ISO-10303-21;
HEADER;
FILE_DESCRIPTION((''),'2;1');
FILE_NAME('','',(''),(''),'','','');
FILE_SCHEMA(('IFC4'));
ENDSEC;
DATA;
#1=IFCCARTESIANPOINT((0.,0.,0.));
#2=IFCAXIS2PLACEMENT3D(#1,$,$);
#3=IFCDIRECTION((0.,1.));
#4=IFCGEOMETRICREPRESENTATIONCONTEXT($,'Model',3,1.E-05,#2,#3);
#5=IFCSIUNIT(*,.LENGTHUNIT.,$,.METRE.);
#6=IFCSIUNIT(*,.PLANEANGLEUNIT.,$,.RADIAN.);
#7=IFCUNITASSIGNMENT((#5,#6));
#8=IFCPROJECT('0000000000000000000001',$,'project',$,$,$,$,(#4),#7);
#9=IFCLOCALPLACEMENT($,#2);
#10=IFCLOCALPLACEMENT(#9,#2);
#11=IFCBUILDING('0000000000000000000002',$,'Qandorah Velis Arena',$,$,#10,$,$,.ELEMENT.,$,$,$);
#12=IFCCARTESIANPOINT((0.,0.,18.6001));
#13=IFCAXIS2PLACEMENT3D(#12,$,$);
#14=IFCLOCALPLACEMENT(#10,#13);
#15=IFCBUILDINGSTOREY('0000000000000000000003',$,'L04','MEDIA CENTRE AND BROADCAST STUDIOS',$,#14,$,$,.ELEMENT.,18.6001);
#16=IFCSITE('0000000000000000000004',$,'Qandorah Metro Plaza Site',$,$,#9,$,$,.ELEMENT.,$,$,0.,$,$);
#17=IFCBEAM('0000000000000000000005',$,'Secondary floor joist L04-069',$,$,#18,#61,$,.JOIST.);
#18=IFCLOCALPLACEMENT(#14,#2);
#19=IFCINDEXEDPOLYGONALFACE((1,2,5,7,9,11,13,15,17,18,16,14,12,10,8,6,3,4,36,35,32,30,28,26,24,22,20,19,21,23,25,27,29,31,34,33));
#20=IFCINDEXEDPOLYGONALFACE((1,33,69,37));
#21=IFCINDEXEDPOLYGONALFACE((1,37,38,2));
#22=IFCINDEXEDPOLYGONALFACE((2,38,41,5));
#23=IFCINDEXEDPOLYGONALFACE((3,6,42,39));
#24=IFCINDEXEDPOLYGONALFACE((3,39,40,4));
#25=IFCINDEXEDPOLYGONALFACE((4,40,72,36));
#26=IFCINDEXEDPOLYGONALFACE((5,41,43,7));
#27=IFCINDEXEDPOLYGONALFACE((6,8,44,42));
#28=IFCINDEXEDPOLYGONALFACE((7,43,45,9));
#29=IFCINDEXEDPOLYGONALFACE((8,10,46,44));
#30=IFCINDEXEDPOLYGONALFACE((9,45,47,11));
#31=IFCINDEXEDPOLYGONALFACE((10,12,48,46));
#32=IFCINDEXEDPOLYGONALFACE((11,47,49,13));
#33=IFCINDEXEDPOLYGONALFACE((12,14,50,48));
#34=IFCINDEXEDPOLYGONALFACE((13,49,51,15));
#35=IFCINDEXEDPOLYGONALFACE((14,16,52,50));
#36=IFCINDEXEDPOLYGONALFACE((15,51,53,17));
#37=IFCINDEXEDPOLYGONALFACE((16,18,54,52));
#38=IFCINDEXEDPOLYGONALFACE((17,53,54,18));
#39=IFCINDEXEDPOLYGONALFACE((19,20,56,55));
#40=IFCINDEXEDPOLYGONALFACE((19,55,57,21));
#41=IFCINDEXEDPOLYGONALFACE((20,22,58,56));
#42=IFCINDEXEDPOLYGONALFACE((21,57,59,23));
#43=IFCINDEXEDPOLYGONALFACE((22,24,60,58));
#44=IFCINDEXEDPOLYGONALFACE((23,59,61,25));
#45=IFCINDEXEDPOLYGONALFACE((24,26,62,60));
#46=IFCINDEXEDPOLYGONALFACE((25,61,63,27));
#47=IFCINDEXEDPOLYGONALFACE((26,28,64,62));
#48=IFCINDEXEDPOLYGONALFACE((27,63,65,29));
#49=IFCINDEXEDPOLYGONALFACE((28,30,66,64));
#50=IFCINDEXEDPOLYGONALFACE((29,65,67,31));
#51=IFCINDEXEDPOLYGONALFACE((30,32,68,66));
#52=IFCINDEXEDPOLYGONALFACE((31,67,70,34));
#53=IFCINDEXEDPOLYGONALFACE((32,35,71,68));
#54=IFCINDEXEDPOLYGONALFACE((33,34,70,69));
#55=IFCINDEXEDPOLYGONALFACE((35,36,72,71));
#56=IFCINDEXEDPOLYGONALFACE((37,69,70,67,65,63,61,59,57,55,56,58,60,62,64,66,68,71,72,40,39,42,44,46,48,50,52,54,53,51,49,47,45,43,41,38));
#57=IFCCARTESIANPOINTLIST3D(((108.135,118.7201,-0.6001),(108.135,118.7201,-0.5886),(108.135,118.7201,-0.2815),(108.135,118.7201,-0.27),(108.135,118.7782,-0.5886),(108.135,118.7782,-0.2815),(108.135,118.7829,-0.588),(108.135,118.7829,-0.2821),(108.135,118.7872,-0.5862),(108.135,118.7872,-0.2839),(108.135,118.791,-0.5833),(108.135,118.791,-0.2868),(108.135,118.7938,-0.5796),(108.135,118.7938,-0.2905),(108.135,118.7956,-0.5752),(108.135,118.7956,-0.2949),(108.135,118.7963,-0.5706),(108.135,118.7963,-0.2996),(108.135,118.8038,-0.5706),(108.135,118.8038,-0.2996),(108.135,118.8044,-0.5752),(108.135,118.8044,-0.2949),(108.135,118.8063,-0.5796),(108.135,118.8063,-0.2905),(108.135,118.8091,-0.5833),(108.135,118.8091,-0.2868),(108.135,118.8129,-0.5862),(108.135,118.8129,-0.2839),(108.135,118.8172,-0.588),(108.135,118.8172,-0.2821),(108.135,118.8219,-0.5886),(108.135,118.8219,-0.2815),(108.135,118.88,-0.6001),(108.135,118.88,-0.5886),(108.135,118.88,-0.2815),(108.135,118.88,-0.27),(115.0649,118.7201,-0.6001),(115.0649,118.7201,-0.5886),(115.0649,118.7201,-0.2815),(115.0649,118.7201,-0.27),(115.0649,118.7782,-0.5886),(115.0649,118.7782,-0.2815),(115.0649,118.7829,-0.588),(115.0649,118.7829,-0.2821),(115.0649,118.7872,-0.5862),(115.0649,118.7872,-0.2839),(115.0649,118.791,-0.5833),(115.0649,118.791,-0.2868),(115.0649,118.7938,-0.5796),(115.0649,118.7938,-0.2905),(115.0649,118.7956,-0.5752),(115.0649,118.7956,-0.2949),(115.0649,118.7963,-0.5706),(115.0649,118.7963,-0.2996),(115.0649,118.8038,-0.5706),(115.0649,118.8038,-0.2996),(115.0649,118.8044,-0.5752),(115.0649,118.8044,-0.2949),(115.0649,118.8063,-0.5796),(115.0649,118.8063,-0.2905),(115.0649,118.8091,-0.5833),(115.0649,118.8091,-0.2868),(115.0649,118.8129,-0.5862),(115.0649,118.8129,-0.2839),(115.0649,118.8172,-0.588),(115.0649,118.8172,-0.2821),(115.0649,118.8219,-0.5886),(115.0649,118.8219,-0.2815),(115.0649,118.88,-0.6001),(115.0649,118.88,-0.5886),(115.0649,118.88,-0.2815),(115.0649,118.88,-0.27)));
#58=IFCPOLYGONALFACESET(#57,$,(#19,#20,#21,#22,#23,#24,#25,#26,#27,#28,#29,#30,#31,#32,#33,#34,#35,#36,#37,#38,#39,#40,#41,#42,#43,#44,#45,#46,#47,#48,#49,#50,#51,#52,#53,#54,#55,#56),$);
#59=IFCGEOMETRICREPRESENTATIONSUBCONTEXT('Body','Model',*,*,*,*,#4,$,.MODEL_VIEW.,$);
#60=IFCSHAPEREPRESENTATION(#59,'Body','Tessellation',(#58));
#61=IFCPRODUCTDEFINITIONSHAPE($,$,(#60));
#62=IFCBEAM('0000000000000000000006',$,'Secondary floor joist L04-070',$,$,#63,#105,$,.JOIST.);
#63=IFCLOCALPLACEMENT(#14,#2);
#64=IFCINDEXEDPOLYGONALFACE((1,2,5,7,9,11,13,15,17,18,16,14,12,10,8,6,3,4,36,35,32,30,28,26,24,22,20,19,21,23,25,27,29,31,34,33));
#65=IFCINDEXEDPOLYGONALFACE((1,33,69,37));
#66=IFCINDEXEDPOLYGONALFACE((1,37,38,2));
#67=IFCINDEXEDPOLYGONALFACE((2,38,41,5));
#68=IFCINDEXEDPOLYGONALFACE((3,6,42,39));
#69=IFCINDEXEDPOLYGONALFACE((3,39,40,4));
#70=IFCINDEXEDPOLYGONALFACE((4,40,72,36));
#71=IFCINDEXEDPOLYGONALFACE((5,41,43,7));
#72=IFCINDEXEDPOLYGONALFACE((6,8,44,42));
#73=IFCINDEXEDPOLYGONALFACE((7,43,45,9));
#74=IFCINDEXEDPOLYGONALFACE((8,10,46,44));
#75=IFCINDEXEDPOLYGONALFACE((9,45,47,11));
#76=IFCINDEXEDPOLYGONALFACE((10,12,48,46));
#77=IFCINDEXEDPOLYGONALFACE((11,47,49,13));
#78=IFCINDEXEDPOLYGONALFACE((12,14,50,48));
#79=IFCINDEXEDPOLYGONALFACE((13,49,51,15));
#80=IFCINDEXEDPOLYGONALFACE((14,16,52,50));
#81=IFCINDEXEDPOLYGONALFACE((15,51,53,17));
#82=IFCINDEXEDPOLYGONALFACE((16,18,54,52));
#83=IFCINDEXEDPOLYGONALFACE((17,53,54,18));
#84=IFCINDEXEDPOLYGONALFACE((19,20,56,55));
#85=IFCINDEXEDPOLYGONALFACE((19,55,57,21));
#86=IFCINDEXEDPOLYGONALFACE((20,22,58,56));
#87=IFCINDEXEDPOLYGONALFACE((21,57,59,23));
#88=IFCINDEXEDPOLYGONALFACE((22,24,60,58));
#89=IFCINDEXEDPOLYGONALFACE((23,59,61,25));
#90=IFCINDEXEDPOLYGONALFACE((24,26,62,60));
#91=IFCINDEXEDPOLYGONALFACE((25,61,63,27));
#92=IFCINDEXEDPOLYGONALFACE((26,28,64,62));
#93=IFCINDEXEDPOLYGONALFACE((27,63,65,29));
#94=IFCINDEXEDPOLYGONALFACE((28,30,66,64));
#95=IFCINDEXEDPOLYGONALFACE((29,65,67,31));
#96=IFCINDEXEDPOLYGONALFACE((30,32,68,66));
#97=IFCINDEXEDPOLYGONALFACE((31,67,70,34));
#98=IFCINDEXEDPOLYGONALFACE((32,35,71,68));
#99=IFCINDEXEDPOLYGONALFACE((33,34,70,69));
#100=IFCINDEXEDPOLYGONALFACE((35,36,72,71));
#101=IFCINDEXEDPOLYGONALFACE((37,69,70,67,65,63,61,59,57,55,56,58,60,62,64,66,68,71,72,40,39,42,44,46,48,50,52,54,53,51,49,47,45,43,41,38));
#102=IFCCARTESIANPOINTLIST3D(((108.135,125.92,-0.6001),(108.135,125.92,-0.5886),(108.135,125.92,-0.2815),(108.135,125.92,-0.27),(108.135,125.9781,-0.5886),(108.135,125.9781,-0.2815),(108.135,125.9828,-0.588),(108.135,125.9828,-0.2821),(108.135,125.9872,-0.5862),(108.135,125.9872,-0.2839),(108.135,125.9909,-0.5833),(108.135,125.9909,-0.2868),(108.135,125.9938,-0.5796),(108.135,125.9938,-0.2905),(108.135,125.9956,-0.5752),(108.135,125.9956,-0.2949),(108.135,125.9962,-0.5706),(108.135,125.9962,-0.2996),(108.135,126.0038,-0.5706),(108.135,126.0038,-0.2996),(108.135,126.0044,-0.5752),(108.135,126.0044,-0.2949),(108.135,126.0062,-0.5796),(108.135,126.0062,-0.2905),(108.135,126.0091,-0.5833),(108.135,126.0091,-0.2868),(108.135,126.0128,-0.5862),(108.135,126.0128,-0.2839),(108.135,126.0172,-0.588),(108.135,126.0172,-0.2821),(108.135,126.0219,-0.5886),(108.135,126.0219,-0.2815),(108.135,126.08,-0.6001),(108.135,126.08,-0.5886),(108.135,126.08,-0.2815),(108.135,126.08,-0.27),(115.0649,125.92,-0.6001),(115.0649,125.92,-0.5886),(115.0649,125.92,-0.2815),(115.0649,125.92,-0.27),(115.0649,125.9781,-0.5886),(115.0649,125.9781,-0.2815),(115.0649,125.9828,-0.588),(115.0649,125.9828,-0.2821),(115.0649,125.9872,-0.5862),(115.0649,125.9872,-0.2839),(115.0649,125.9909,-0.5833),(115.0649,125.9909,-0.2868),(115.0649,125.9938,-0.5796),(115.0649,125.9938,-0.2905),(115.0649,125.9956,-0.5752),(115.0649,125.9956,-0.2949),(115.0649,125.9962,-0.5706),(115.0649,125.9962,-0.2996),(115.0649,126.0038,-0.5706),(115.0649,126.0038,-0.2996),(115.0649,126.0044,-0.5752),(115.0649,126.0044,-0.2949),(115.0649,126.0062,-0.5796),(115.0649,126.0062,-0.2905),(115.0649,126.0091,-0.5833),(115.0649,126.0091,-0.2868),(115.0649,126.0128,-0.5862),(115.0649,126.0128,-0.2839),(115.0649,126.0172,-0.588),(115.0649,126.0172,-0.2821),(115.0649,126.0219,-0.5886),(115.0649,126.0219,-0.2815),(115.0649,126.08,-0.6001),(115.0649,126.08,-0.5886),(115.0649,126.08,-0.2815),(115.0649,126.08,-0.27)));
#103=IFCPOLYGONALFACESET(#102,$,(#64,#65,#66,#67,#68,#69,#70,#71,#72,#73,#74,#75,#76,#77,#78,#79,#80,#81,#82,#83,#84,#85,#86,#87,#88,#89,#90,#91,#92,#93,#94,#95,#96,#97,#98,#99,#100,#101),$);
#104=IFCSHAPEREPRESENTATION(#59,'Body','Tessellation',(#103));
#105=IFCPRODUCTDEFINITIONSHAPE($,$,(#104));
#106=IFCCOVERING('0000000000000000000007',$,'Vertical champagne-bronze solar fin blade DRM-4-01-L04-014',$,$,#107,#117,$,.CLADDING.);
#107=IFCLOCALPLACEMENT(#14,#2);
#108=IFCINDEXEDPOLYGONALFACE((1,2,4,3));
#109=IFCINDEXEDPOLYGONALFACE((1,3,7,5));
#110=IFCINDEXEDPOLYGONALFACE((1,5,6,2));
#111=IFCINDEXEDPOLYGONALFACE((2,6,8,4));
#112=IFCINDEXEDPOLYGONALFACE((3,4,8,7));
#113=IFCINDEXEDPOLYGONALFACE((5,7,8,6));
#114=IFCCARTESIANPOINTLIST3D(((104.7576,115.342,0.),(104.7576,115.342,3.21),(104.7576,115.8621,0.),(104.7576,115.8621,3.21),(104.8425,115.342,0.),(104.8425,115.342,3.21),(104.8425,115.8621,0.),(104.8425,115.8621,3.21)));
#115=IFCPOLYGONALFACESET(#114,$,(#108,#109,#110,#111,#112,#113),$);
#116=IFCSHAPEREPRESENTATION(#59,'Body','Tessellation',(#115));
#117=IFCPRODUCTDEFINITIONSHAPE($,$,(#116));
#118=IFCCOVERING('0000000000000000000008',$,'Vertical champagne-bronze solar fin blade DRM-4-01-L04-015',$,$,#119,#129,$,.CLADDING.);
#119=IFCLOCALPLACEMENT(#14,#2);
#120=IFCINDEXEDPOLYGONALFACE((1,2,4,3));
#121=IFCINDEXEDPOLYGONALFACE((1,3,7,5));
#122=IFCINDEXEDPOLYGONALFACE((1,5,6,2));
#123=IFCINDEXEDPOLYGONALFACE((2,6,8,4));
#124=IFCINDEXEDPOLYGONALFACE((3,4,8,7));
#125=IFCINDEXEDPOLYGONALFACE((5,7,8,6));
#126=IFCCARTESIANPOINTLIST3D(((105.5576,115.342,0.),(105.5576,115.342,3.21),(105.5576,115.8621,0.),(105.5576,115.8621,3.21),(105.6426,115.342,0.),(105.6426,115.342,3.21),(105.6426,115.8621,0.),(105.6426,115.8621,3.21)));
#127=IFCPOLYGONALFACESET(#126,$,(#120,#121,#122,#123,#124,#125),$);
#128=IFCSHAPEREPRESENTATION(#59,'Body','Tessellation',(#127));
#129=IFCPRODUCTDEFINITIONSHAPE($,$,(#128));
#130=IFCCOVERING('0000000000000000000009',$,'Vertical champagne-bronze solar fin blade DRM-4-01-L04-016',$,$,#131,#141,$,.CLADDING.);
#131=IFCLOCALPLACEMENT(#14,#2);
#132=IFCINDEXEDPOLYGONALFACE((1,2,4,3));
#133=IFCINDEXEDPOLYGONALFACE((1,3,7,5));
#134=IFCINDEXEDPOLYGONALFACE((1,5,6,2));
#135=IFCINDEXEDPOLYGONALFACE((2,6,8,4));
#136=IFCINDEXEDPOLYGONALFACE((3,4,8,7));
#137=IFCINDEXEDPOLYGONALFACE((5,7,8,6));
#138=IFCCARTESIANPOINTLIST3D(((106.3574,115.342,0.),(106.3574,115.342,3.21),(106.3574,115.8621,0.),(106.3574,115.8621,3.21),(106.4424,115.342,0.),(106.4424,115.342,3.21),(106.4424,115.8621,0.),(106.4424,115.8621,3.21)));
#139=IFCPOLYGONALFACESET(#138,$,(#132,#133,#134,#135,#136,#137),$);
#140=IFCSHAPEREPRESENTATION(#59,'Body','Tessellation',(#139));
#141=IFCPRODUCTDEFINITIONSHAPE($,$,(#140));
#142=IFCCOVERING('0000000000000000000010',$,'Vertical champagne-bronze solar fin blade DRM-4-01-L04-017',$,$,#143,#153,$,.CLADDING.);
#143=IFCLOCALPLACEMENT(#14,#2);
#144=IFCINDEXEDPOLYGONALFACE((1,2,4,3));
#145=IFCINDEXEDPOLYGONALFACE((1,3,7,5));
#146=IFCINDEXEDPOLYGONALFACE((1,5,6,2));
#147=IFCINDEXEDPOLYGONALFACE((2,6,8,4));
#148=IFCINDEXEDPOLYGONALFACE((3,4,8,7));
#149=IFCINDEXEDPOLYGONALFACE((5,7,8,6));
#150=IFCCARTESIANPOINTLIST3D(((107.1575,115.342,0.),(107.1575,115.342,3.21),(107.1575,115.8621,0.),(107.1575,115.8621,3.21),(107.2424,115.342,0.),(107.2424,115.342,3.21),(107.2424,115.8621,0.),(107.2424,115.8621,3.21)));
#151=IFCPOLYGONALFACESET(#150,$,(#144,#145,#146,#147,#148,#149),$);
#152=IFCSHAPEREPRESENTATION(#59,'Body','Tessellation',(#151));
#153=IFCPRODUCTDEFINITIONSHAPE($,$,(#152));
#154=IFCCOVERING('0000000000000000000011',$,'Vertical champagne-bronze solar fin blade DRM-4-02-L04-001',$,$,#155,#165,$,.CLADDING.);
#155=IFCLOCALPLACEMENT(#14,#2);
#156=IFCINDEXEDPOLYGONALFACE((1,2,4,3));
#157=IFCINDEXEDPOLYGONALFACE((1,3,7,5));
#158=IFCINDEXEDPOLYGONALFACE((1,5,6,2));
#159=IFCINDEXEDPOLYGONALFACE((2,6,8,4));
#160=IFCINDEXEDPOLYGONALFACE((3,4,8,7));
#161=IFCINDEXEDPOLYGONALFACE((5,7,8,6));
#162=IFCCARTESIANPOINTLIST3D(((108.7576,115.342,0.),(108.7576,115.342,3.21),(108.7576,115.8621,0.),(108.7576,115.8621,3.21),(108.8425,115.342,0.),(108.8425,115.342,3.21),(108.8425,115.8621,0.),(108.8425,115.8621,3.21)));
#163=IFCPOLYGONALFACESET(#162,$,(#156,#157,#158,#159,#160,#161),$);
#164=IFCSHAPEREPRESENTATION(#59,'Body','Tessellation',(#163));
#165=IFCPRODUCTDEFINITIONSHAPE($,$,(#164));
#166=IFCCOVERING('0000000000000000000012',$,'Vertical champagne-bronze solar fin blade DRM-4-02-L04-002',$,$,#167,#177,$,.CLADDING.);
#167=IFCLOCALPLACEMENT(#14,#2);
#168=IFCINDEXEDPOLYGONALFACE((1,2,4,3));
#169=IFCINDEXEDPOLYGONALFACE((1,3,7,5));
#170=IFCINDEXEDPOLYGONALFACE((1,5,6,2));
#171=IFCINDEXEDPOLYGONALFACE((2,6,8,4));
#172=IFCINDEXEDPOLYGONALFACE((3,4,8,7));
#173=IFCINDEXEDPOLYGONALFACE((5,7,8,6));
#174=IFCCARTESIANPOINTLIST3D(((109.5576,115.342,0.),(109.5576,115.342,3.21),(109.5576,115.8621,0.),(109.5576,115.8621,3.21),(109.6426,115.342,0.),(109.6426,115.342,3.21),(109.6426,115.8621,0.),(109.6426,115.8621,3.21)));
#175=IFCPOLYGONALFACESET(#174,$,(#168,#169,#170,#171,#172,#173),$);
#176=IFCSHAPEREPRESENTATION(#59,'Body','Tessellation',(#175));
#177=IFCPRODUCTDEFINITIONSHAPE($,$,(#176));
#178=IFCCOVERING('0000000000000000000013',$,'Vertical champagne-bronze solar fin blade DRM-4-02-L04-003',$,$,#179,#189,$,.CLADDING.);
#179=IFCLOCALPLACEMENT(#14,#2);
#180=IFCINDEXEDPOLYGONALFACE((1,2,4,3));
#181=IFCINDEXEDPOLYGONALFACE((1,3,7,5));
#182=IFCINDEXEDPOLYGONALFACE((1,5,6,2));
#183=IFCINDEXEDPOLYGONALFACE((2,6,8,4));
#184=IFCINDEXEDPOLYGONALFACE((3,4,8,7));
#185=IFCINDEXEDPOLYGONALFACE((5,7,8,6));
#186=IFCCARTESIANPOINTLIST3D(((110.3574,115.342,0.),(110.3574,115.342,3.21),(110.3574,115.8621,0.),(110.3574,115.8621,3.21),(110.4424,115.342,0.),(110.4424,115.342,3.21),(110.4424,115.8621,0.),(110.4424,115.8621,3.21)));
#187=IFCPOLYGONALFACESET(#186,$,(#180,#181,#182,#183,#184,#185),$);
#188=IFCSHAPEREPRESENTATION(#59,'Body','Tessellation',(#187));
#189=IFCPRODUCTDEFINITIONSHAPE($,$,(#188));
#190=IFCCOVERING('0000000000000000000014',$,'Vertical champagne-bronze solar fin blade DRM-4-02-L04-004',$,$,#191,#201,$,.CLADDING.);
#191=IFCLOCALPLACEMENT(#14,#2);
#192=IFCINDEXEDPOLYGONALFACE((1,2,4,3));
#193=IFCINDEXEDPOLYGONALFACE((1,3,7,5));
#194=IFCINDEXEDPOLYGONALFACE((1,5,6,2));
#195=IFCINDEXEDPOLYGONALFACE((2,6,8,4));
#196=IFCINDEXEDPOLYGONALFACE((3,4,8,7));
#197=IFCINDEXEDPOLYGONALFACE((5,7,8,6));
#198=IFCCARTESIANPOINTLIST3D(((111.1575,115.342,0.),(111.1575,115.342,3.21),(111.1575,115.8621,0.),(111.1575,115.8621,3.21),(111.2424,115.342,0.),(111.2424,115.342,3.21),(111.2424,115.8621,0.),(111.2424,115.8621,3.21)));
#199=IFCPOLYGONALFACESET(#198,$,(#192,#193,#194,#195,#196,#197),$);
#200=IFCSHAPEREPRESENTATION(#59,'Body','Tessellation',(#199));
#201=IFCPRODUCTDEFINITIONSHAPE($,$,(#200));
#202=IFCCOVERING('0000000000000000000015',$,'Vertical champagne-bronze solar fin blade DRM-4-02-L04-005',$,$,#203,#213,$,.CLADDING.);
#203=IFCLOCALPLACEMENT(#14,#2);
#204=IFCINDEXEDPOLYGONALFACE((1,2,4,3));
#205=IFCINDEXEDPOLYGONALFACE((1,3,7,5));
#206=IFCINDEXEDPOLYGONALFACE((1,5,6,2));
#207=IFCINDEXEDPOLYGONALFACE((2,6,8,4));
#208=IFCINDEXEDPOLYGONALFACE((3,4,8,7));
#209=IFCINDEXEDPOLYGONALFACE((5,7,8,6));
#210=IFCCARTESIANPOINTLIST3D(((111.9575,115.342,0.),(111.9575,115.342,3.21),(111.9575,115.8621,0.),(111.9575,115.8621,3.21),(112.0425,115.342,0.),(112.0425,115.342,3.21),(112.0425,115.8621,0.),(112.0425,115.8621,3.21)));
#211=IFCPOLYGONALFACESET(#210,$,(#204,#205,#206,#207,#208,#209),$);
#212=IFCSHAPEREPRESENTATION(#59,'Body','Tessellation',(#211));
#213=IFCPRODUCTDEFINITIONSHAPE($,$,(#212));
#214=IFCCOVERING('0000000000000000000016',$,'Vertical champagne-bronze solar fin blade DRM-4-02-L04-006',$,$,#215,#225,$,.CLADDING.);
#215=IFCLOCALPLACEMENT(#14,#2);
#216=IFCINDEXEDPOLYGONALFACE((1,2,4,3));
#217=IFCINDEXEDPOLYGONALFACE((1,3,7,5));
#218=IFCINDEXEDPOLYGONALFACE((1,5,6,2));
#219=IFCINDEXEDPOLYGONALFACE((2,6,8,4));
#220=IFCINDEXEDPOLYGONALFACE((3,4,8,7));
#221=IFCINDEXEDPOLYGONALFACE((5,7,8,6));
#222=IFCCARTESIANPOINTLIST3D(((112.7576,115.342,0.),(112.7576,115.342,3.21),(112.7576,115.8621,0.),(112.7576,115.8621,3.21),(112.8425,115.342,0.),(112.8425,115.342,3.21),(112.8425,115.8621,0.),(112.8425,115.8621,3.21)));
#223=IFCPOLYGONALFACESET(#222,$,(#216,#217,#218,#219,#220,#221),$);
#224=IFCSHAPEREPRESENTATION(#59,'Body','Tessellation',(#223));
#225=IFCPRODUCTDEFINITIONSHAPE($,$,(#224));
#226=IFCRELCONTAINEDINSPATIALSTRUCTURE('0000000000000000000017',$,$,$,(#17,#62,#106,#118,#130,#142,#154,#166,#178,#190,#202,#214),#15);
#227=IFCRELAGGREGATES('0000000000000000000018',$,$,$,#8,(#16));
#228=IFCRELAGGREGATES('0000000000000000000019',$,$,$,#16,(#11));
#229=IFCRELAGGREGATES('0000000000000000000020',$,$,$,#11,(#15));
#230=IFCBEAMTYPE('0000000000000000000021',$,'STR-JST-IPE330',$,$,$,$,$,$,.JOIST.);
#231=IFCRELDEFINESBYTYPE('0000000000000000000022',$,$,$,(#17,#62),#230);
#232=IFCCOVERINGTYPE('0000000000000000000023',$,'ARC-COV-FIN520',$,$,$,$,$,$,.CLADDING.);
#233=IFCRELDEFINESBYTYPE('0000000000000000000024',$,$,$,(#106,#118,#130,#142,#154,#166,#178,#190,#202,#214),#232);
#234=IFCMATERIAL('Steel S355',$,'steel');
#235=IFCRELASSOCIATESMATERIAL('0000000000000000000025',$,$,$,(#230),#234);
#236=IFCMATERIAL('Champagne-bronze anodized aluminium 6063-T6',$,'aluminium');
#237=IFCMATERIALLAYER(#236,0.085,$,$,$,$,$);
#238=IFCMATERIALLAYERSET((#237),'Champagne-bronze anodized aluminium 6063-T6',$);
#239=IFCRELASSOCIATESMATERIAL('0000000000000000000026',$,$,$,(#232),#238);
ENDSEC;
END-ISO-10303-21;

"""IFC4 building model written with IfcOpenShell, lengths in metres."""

from ifc_helpers import new_model, si_unit, direction, frame, origin, origin_2d, place, context, subcontext, project, spatial, rectangle, i_section, extrude, material, layer, layer_set, material_profile, profile_set, type_object, element, save


model = new_model("IFC4")

# Units and contexts
model_context = context("Model", 3, precision=1e-05, world=origin(), true_north=direction((0.0, 1.0)))
body_context = subcontext(model_context, "Body", "Model", "MODEL_VIEW")
ifc_project = project(units=[si_unit("LENGTHUNIT", "METRE"), si_unit("PLANEANGLEUNIT", "RADIAN")], contexts=[model_context])

# Site, building, storey
site_placement = place(None, origin())
site = spatial("IfcSite", under=ifc_project, at=site_placement, Name="Qandorah Metro Plaza Site", CompositionType="ELEMENT", RefElevation=0.0)
building_placement = place(site_placement, origin())
building = spatial("IfcBuilding", under=site, at=building_placement, Name="Qandorah Velis Arena", CompositionType="ELEMENT")
storey_placement = place(building_placement, frame((0.0, 0.0, 18.6001)))
storey = spatial("IfcBuildingStorey", under=building, at=storey_placement, Name="L04", Description="MEDIA CENTRE AND BROADCAST STUDIOS", CompositionType="ELEMENT", Elevation=18.6001)

# Beams
ifc_material_1 = material(Name="Steel S355", Category="steel")
ifc_material_profile_1 = material_profile(ifc_material_1, i_section(OverallWidth=0.1599, OverallDepth=0.3301, WebThickness=0.0076, FlangeThickness=0.0115, FilletRadius=0.0181, at=origin_2d()), Name="IPE 330")
ifc_profile_set_1 = profile_set([ifc_material_profile_1], Name="Steel S355")
beam_type_1 = type_object("IfcBeamType", Name="STR-JST-IPE330", PredefinedType="JOIST", material=ifc_profile_set_1)
for number, where, z_axis, x_axis, name in (
    (1, (108.135, 118.8, -0.4351), (1.0, 0.0, 0.0), (0.0, 1.0, 0.0), "Secondary floor joist L04-069"),
    (2, (108.135, 126.0, -0.4351), (1.0, 0.0, 0.0), (0.0, 1.0, 0.0), "Secondary floor joist L04-070"),
):
    element("IfcBeam", number, at=place(storey_placement, frame(where, z_axis=z_axis, x_axis=x_axis)), inside=storey, type_object=beam_type_1, Name=name, PredefinedType="JOIST", context=body_context, shape_type="SweptSolid", body=[
        extrude(i_section(OverallWidth=0.1599, OverallDepth=0.3301, WebThickness=0.0076, FlangeThickness=0.0115, FilletRadius=0.0181, at=origin_2d()), origin(), (0.0, 0.0, 1.0), 6.9299),
    ])

# Coverings
ifc_material_2 = material(Name="Champagne-bronze anodized aluminium 6063-T6", Category="aluminium")
ifc_layer = layer(ifc_material_2, 0.085)
ifc_layer_set = layer_set([ifc_layer], Name="Champagne-bronze anodized aluminium 6063-T6")
covering_type = type_object("IfcCoveringType", Name="ARC-COV-FIN520", PredefinedType="CLADDING", material=ifc_layer_set)
for number, where, z_axis, x_axis, name in (
    (3, (104.8, 115.6021, 0.0), (0.0, 0.0, 1.0), (1.0, 0.0, 0.0), "Vertical champagne-bronze solar fin blade DRM-4-01-L04-014"),
    (4, (105.6001, 115.6021, 0.0), (0.0, 0.0, 1.0), (1.0, 0.0, 0.0), "Vertical champagne-bronze solar fin blade DRM-4-01-L04-015"),
    (5, (106.3999, 115.6021, 0.0), (0.0, 0.0, 1.0), (1.0, 0.0, 0.0), "Vertical champagne-bronze solar fin blade DRM-4-01-L04-016"),
    (6, (107.2, 115.6021, 0.0), (0.0, 0.0, 1.0), (1.0, 0.0, 0.0), "Vertical champagne-bronze solar fin blade DRM-4-01-L04-017"),
    (7, (108.8, 115.6021, 0.0), (0.0, 0.0, 1.0), (1.0, 0.0, 0.0), "Vertical champagne-bronze solar fin blade DRM-4-02-L04-001"),
    (8, (109.6001, 115.6021, 0.0), (0.0, 0.0, 1.0), (1.0, 0.0, 0.0), "Vertical champagne-bronze solar fin blade DRM-4-02-L04-002"),
    (9, (110.3999, 115.6021, 0.0), (0.0, 0.0, 1.0), (1.0, 0.0, 0.0), "Vertical champagne-bronze solar fin blade DRM-4-02-L04-003"),
    (10, (111.2, 115.6021, 0.0), (0.0, 0.0, 1.0), (1.0, 0.0, 0.0), "Vertical champagne-bronze solar fin blade DRM-4-02-L04-004"),
    (11, (112.0, 115.6021, 0.0), (0.0, 0.0, 1.0), (1.0, 0.0, 0.0), "Vertical champagne-bronze solar fin blade DRM-4-02-L04-005"),
    (12, (112.8, 115.6021, 0.0), (0.0, 0.0, 1.0), (1.0, 0.0, 0.0), "Vertical champagne-bronze solar fin blade DRM-4-02-L04-006"),
):
    element("IfcCovering", number, at=place(storey_placement, frame(where, z_axis=z_axis, x_axis=x_axis)), inside=storey, type_object=covering_type, Name=name, PredefinedType="CLADDING", context=body_context, shape_type="SweptSolid", body=[
        extrude(rectangle(XDim=0.085, YDim=0.52, at=origin_2d()), origin(), (0.0, 0.0, 1.0), 3.21),
    ])

save(model, "model.ifc")
